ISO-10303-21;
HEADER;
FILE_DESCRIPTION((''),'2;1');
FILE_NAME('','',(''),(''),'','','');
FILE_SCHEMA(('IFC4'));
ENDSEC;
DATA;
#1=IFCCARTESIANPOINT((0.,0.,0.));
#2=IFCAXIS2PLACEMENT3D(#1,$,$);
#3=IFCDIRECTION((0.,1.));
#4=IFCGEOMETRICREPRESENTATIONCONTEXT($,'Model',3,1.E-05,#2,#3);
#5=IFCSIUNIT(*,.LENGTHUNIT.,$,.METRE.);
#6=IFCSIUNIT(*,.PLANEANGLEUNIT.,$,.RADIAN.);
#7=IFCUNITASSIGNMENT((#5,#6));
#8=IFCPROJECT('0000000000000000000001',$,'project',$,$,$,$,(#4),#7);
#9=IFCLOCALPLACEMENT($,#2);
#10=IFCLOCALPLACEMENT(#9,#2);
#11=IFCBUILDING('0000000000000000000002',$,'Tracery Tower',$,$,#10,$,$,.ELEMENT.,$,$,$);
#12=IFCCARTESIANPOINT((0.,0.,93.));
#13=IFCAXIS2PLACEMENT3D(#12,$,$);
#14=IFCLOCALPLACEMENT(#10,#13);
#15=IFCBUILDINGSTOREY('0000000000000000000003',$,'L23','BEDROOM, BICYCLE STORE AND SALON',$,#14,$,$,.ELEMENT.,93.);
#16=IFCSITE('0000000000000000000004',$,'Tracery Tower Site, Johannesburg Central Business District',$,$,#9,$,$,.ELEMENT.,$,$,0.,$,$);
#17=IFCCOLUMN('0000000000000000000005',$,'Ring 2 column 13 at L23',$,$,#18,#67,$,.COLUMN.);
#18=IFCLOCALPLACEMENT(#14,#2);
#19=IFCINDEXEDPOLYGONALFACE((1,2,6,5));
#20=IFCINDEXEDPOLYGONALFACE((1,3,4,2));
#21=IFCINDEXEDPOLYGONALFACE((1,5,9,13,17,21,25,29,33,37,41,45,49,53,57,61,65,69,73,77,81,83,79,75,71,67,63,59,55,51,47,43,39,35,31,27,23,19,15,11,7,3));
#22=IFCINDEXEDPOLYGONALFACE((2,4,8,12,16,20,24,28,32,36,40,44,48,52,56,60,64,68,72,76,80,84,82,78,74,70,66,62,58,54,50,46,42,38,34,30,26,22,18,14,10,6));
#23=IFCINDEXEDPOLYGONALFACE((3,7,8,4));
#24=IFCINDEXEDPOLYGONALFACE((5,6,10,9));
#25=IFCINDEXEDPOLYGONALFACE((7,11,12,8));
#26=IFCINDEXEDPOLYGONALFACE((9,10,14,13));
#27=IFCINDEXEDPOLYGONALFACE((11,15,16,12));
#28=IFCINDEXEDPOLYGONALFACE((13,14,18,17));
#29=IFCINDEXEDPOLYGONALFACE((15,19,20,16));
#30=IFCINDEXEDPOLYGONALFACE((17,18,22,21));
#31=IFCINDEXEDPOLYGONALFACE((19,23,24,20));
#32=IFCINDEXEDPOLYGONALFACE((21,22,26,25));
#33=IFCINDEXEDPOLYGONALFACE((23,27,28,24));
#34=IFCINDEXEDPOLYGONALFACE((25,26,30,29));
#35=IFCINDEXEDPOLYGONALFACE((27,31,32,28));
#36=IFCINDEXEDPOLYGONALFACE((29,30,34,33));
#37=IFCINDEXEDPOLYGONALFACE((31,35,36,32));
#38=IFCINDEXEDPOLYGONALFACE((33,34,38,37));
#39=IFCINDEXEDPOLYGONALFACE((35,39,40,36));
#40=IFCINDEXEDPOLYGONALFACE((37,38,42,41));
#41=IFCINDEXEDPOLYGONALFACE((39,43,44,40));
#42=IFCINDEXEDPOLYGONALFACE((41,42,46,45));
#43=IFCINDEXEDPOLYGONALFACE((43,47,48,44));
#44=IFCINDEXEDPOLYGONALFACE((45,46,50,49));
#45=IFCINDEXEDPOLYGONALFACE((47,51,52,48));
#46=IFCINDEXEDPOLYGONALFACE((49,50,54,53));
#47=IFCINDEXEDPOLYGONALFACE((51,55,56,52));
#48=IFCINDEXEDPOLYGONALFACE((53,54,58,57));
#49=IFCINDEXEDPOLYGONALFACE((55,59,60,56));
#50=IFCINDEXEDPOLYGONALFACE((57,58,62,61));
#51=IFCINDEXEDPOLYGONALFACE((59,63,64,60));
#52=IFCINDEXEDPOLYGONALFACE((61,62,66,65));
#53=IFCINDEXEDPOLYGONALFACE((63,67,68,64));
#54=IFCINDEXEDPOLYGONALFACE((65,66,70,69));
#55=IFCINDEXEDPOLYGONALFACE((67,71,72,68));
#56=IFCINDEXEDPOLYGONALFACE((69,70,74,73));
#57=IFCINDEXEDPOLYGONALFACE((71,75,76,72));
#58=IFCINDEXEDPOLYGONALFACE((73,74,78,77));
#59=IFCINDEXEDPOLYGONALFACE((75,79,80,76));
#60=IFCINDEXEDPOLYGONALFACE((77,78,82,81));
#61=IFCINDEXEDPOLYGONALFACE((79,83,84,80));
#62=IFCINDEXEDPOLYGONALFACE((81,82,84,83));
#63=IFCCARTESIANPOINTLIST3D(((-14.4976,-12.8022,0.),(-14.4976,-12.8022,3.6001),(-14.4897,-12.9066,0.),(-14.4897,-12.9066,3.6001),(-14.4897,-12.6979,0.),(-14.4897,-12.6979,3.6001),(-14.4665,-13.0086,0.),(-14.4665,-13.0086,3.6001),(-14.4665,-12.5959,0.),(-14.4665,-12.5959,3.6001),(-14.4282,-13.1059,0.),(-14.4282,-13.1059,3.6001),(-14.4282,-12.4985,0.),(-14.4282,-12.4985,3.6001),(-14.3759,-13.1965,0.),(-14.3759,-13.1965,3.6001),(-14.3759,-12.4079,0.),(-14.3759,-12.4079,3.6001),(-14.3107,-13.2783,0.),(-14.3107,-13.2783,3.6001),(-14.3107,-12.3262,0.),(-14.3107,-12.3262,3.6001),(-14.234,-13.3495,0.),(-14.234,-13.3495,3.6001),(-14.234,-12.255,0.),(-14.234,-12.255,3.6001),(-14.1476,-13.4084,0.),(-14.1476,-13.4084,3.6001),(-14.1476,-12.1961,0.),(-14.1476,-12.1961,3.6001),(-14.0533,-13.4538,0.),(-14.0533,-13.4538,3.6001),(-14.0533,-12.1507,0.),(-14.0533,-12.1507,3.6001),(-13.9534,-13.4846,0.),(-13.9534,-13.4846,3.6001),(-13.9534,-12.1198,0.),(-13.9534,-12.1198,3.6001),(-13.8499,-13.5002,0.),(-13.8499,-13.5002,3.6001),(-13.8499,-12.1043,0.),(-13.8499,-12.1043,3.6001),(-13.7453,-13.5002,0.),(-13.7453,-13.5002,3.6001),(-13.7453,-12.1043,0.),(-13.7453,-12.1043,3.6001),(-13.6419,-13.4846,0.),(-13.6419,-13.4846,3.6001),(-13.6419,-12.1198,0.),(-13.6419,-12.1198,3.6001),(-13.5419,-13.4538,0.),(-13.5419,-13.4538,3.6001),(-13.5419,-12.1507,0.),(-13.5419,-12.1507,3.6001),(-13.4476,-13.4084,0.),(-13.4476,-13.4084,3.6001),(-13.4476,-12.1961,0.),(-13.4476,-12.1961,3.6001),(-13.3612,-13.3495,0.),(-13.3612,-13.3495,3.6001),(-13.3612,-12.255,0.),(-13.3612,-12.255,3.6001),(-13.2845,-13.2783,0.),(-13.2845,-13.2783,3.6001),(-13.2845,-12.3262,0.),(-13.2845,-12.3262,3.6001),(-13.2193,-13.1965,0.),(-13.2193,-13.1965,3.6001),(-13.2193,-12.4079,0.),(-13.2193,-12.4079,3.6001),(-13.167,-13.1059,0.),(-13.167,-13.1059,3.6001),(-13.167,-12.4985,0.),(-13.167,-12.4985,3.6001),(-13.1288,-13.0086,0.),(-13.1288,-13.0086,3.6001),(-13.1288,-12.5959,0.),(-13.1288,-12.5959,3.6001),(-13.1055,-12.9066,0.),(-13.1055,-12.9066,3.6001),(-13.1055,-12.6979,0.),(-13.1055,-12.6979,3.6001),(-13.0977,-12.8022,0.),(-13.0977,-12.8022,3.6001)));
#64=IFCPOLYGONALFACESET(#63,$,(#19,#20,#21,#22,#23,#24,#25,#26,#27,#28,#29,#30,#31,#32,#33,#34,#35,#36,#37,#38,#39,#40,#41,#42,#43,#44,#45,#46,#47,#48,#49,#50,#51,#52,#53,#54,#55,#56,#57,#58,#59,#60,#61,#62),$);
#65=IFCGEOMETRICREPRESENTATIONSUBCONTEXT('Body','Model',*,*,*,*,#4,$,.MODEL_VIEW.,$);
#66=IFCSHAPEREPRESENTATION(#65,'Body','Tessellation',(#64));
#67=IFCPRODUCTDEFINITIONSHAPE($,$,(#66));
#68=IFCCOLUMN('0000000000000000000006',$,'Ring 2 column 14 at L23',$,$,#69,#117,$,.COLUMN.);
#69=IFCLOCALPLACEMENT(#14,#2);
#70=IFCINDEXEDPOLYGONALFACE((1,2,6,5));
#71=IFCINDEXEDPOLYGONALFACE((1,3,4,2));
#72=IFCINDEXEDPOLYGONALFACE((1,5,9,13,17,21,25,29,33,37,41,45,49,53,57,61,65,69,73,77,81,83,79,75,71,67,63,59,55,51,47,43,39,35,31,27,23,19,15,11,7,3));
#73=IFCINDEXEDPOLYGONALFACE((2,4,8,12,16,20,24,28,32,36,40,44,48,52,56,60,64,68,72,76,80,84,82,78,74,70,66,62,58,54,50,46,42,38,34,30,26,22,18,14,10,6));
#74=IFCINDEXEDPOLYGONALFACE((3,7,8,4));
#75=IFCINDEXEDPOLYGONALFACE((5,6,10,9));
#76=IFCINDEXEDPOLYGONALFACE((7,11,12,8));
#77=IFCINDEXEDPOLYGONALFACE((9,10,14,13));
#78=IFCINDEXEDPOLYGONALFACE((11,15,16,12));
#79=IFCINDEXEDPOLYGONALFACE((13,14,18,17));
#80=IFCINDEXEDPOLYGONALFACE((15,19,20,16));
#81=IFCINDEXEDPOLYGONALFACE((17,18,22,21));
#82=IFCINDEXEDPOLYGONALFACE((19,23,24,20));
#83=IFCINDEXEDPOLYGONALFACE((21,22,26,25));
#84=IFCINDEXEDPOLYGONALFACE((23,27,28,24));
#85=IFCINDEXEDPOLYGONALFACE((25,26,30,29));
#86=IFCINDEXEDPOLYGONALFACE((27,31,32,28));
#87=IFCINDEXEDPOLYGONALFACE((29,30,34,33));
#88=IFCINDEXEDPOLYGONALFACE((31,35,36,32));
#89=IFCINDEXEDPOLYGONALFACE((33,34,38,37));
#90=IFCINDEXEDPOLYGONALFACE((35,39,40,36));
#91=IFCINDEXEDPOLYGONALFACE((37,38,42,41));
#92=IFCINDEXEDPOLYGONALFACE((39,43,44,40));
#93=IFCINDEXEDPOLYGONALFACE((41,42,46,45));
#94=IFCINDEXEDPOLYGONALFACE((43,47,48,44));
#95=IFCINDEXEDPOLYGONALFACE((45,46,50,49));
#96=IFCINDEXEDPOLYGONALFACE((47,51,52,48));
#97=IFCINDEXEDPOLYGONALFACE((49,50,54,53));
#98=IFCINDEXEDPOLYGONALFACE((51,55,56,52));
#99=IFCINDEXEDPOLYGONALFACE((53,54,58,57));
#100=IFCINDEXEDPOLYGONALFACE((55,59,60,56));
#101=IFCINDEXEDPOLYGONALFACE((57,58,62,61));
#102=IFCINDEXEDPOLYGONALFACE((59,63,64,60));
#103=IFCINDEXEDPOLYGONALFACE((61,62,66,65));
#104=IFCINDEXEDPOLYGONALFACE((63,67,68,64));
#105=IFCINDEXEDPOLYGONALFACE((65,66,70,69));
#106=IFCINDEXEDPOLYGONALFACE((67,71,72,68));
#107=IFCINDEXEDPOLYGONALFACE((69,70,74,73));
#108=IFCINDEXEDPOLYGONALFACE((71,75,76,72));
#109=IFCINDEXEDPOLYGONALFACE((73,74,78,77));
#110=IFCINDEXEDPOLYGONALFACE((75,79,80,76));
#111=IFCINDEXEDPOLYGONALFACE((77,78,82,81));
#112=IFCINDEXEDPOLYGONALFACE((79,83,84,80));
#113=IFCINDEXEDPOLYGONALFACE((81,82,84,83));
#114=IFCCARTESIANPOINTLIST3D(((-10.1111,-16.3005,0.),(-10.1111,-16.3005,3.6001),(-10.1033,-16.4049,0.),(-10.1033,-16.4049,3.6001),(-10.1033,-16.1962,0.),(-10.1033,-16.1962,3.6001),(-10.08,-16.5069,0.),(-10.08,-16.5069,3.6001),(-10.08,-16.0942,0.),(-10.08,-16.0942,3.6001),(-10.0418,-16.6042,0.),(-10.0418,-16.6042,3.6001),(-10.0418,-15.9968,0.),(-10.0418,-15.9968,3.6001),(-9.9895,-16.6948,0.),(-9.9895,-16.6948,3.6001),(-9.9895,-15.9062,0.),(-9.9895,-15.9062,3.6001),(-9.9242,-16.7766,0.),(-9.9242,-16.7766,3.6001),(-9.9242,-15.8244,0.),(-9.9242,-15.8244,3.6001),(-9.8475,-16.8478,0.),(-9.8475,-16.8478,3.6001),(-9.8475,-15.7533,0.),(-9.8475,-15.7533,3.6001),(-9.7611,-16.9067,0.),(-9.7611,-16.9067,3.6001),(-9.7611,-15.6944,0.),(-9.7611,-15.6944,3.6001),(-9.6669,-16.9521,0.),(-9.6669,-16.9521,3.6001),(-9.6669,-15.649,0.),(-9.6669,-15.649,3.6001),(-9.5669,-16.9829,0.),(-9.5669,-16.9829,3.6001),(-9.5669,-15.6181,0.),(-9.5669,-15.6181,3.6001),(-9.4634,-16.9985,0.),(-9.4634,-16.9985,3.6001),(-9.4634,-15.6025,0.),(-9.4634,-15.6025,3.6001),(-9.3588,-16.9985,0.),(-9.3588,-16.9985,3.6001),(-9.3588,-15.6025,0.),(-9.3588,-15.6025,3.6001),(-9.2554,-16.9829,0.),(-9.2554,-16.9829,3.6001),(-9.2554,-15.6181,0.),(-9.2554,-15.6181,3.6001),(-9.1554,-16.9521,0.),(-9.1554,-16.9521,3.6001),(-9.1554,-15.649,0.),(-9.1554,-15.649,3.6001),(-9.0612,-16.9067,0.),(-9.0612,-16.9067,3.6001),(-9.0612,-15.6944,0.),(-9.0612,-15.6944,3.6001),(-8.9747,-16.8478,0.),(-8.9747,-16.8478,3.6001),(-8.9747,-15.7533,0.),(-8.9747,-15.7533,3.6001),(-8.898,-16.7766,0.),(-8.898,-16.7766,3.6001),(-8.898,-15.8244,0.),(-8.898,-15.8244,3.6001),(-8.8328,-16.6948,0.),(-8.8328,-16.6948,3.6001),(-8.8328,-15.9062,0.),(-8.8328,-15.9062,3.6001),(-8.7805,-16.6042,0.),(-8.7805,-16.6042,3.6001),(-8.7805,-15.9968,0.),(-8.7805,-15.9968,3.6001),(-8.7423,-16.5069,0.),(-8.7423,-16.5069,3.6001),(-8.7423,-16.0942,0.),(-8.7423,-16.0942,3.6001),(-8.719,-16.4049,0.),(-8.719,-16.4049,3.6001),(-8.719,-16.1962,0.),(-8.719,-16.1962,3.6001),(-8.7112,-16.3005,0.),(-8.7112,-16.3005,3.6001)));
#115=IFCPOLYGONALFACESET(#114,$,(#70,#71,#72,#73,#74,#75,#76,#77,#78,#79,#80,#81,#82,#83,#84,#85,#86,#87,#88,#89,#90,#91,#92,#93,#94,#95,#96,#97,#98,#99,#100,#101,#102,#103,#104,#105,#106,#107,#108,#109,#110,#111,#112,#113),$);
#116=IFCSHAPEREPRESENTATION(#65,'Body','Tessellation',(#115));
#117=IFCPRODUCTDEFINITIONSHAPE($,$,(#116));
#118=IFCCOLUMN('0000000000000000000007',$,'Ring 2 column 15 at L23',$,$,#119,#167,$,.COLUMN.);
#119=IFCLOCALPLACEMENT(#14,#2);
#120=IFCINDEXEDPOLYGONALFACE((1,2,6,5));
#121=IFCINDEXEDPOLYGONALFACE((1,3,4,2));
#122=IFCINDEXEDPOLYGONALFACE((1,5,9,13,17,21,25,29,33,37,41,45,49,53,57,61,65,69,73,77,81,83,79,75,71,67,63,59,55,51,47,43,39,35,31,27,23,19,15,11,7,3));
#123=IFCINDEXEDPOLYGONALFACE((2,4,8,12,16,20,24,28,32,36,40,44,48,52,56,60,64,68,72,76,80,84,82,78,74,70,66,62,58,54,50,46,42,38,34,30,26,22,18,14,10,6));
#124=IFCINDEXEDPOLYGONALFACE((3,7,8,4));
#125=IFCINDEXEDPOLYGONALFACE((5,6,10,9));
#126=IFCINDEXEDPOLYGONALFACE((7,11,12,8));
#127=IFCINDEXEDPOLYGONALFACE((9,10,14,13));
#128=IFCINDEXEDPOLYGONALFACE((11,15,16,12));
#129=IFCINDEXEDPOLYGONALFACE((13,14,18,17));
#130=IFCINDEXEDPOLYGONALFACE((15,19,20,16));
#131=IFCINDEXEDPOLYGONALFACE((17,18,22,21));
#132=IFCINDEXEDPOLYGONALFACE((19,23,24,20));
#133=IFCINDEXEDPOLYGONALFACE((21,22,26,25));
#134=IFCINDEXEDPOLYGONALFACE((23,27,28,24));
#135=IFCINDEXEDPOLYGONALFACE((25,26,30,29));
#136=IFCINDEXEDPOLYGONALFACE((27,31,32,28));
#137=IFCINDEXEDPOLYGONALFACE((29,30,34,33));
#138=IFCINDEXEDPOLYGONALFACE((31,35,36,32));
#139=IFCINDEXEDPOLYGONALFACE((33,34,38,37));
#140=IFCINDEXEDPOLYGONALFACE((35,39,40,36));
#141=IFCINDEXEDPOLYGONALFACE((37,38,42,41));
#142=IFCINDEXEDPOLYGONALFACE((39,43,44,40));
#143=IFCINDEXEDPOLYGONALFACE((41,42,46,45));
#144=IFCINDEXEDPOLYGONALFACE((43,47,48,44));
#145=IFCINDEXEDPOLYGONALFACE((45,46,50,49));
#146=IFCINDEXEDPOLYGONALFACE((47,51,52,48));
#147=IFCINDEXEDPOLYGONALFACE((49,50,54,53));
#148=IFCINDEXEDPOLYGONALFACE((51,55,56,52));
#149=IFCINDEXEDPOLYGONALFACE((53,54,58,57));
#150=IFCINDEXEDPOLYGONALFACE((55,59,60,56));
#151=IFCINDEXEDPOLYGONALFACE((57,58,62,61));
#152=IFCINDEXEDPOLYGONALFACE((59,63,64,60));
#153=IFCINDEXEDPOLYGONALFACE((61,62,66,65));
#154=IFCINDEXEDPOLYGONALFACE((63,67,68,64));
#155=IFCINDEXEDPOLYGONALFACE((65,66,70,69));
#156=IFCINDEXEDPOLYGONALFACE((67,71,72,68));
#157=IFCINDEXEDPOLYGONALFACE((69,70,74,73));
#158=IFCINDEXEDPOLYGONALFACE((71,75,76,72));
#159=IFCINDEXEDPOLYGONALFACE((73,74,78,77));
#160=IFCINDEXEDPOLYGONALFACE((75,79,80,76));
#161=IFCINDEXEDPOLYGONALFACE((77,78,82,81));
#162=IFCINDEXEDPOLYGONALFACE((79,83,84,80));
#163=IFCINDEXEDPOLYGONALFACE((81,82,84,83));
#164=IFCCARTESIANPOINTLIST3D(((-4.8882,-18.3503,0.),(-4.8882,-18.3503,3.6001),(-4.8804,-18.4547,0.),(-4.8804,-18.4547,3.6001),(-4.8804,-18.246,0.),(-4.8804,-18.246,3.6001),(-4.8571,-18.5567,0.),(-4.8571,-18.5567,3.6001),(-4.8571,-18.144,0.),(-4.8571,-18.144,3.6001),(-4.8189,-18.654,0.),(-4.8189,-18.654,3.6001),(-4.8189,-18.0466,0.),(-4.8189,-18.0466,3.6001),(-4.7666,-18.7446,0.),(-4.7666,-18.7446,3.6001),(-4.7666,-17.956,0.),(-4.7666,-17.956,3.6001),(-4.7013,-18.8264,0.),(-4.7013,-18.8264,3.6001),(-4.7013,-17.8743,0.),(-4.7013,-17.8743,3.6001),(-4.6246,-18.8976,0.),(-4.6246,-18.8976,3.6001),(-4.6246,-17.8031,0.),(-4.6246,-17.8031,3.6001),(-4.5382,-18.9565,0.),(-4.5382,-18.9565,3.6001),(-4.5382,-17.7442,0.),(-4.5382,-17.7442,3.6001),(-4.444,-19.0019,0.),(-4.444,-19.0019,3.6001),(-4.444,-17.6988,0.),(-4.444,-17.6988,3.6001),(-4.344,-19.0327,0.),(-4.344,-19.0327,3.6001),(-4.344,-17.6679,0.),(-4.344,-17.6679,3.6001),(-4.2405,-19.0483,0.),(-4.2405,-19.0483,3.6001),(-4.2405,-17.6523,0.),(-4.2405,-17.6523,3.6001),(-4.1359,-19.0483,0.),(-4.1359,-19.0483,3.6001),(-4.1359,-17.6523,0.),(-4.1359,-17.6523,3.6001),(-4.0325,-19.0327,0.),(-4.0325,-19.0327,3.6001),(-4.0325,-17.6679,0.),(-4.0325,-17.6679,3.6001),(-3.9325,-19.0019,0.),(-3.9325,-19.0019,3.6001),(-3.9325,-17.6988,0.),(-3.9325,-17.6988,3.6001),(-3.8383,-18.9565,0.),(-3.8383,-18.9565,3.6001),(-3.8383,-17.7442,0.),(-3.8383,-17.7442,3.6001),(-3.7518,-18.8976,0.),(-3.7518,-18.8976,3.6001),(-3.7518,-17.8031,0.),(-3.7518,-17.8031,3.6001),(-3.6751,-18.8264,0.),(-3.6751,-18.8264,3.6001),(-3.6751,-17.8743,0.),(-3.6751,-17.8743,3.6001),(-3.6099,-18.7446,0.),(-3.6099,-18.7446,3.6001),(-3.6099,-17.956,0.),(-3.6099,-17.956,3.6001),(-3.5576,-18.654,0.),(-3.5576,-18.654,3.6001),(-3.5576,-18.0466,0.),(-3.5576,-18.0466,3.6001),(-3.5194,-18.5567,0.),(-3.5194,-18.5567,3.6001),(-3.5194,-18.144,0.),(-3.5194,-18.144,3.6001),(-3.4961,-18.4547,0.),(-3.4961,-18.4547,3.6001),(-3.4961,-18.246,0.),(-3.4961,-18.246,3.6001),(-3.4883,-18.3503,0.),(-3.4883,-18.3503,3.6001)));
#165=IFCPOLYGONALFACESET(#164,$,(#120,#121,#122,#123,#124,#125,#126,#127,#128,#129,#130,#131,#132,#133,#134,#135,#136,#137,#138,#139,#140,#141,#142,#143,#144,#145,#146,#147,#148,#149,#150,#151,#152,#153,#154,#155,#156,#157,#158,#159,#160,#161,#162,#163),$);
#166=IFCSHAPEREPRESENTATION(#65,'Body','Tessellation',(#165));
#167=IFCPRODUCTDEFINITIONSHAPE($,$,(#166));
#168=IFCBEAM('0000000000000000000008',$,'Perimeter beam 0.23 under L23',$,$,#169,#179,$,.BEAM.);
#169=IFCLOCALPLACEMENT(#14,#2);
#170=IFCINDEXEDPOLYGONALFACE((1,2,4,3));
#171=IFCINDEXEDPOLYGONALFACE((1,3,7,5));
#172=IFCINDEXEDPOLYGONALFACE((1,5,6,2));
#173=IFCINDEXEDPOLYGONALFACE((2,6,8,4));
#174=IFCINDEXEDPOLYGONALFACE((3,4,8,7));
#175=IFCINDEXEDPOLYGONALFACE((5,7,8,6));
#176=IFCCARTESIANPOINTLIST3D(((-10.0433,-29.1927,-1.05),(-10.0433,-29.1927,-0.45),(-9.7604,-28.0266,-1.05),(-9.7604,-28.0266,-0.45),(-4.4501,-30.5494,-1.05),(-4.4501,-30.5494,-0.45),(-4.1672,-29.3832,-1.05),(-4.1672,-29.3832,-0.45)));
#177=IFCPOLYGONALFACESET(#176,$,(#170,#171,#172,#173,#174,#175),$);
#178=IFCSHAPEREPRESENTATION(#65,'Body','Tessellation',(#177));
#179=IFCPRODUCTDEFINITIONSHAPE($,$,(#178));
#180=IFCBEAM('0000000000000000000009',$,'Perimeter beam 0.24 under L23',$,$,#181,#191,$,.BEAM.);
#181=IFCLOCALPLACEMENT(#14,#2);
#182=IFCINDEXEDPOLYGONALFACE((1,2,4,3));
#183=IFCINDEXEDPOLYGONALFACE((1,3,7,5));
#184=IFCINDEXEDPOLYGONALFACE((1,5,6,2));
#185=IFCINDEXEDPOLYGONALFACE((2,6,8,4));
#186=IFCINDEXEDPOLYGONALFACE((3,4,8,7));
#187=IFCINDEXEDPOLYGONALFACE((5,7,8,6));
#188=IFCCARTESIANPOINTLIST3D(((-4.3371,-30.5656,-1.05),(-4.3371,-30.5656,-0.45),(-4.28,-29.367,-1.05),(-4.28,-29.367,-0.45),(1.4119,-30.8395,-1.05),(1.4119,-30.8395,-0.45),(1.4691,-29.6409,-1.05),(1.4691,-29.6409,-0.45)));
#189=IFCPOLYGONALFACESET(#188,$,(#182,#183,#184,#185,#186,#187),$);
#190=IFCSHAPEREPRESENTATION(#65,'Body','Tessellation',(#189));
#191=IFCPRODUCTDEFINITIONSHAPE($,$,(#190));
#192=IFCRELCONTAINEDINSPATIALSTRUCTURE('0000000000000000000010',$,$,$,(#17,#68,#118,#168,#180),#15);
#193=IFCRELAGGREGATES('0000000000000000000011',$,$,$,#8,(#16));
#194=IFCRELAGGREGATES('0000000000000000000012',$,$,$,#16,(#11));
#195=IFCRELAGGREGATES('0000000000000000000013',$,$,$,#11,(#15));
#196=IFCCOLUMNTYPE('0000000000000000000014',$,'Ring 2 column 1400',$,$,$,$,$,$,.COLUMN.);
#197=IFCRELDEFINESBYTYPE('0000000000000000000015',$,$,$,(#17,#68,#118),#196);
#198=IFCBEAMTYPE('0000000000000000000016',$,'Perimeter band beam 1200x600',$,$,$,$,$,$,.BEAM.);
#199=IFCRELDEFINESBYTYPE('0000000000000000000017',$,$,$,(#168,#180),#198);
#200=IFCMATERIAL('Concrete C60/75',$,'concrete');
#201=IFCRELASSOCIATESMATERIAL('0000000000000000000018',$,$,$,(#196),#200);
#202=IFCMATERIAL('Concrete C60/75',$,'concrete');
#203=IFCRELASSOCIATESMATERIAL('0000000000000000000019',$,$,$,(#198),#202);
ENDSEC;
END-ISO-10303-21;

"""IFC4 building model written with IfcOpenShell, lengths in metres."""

from ifc_helpers import new_model, si_unit, direction, frame, origin, origin_2d, place, context, subcontext, project, spatial, rectangle, circle, extrude, material, material_profile, profile_set, type_object, element, save


model = new_model("IFC4")

# Units and contexts
model_context = context("Model", 3, precision=1e-05, world=origin(), true_north=direction((0.0, 1.0)))
body_context = subcontext(model_context, "Body", "Model", "MODEL_VIEW")
ifc_project = project(units=[si_unit("LENGTHUNIT", "METRE"), si_unit("PLANEANGLEUNIT", "RADIAN")], contexts=[model_context])

# Site, building, storey
site_placement = place(None, origin())
site = spatial("IfcSite", under=ifc_project, at=site_placement, Name="Tracery Tower Site, Johannesburg Central Business District", CompositionType="ELEMENT", RefElevation=0.0)
building_placement = place(site_placement, origin())
building = spatial("IfcBuilding", under=site, at=building_placement, Name="Tracery Tower", CompositionType="ELEMENT")
storey_placement = place(building_placement, frame((0.0, 0.0, 93.0)))
storey = spatial("IfcBuildingStorey", under=building, at=storey_placement, Name="L23", Description="BEDROOM, BICYCLE STORE AND SALON", CompositionType="ELEMENT", Elevation=93.0)

# Columns
ifc_material_1 = material(Name="Concrete C60/75", Category="concrete")
ifc_material_profile_1 = material_profile(ifc_material_1, circle(Radius=0.7, at=origin_2d()), Name="RC D1400")
ifc_profile_set_1 = profile_set([ifc_material_profile_1], Name="Concrete C60/75")
column_type_1 = type_object("IfcColumnType", Name="Ring 2 column 1400", PredefinedType="COLUMN", material=ifc_profile_set_1)
for number, where, z_axis, x_axis, name in (
    (1, (-13.7976, -12.8022, 0.0), (0.0, 0.0, 1.0), (1.0, 0.0, 0.0), "Ring 2 column 13 at L23"),
    (2, (-9.4111, -16.3005, 0.0), (0.0, 0.0, 1.0), (1.0, 0.0, 0.0), "Ring 2 column 14 at L23"),
    (3, (-4.1882, -18.3503, 0.0), (0.0, 0.0, 1.0), (1.0, 0.0, 0.0), "Ring 2 column 15 at L23"),
):
    element("IfcColumn", number, at=place(storey_placement, frame(where, z_axis=z_axis, x_axis=x_axis)), inside=storey, type_object=column_type_1, Name=name, PredefinedType="COLUMN", context=body_context, shape_type="SweptSolid", body=[
        extrude(circle(Radius=0.7, at=origin_2d()), origin(), (0.0, 0.0, 1.0), 3.6001),
    ])

# Beams
ifc_material_2 = material(Name="Concrete C60/75", Category="concrete")
ifc_material_profile_2 = material_profile(ifc_material_2, rectangle(XDim=1.2, YDim=0.6001, at=origin_2d()), Name="RC 1200x600")
ifc_profile_set_2 = profile_set([ifc_material_profile_2], Name="Concrete C60/75")
beam_type = type_object("IfcBeamType", Name="Perimeter band beam 1200x600", PredefinedType="BEAM", material=ifc_profile_set_2)
beam_1_placement = place(storey_placement, frame((-9.9019, -28.6096, -0.75), z_axis=(0.97182, -0.235723, 0.0), x_axis=(0.235723, 0.97182, 0.0)))
element("IfcBeam", 4, at=beam_1_placement, inside=storey, type_object=beam_type, Name="Perimeter beam 0.23 under L23", PredefinedType="BEAM", context=body_context, shape_type="SweptSolid", body=[
    extrude(rectangle(XDim=1.2, YDim=0.6001, at=origin_2d()), origin(), (0.0, 0.0, 1.0), 5.7554),
])
beam_2_placement = place(storey_placement, frame((-4.3086, -29.9663, -0.75), z_axis=(0.998867, -0.047593, 0.0), x_axis=(0.047593, 0.998867, 0.0)))
element("IfcBeam", 5, at=beam_2_placement, inside=storey, type_object=beam_type, Name="Perimeter beam 0.24 under L23", PredefinedType="BEAM", context=body_context, shape_type="SweptSolid", body=[
    extrude(rectangle(XDim=1.2, YDim=0.6001, at=origin_2d()), origin(), (0.0, 0.0, 1.0), 5.7556),
])

save(model, "model.ifc")
